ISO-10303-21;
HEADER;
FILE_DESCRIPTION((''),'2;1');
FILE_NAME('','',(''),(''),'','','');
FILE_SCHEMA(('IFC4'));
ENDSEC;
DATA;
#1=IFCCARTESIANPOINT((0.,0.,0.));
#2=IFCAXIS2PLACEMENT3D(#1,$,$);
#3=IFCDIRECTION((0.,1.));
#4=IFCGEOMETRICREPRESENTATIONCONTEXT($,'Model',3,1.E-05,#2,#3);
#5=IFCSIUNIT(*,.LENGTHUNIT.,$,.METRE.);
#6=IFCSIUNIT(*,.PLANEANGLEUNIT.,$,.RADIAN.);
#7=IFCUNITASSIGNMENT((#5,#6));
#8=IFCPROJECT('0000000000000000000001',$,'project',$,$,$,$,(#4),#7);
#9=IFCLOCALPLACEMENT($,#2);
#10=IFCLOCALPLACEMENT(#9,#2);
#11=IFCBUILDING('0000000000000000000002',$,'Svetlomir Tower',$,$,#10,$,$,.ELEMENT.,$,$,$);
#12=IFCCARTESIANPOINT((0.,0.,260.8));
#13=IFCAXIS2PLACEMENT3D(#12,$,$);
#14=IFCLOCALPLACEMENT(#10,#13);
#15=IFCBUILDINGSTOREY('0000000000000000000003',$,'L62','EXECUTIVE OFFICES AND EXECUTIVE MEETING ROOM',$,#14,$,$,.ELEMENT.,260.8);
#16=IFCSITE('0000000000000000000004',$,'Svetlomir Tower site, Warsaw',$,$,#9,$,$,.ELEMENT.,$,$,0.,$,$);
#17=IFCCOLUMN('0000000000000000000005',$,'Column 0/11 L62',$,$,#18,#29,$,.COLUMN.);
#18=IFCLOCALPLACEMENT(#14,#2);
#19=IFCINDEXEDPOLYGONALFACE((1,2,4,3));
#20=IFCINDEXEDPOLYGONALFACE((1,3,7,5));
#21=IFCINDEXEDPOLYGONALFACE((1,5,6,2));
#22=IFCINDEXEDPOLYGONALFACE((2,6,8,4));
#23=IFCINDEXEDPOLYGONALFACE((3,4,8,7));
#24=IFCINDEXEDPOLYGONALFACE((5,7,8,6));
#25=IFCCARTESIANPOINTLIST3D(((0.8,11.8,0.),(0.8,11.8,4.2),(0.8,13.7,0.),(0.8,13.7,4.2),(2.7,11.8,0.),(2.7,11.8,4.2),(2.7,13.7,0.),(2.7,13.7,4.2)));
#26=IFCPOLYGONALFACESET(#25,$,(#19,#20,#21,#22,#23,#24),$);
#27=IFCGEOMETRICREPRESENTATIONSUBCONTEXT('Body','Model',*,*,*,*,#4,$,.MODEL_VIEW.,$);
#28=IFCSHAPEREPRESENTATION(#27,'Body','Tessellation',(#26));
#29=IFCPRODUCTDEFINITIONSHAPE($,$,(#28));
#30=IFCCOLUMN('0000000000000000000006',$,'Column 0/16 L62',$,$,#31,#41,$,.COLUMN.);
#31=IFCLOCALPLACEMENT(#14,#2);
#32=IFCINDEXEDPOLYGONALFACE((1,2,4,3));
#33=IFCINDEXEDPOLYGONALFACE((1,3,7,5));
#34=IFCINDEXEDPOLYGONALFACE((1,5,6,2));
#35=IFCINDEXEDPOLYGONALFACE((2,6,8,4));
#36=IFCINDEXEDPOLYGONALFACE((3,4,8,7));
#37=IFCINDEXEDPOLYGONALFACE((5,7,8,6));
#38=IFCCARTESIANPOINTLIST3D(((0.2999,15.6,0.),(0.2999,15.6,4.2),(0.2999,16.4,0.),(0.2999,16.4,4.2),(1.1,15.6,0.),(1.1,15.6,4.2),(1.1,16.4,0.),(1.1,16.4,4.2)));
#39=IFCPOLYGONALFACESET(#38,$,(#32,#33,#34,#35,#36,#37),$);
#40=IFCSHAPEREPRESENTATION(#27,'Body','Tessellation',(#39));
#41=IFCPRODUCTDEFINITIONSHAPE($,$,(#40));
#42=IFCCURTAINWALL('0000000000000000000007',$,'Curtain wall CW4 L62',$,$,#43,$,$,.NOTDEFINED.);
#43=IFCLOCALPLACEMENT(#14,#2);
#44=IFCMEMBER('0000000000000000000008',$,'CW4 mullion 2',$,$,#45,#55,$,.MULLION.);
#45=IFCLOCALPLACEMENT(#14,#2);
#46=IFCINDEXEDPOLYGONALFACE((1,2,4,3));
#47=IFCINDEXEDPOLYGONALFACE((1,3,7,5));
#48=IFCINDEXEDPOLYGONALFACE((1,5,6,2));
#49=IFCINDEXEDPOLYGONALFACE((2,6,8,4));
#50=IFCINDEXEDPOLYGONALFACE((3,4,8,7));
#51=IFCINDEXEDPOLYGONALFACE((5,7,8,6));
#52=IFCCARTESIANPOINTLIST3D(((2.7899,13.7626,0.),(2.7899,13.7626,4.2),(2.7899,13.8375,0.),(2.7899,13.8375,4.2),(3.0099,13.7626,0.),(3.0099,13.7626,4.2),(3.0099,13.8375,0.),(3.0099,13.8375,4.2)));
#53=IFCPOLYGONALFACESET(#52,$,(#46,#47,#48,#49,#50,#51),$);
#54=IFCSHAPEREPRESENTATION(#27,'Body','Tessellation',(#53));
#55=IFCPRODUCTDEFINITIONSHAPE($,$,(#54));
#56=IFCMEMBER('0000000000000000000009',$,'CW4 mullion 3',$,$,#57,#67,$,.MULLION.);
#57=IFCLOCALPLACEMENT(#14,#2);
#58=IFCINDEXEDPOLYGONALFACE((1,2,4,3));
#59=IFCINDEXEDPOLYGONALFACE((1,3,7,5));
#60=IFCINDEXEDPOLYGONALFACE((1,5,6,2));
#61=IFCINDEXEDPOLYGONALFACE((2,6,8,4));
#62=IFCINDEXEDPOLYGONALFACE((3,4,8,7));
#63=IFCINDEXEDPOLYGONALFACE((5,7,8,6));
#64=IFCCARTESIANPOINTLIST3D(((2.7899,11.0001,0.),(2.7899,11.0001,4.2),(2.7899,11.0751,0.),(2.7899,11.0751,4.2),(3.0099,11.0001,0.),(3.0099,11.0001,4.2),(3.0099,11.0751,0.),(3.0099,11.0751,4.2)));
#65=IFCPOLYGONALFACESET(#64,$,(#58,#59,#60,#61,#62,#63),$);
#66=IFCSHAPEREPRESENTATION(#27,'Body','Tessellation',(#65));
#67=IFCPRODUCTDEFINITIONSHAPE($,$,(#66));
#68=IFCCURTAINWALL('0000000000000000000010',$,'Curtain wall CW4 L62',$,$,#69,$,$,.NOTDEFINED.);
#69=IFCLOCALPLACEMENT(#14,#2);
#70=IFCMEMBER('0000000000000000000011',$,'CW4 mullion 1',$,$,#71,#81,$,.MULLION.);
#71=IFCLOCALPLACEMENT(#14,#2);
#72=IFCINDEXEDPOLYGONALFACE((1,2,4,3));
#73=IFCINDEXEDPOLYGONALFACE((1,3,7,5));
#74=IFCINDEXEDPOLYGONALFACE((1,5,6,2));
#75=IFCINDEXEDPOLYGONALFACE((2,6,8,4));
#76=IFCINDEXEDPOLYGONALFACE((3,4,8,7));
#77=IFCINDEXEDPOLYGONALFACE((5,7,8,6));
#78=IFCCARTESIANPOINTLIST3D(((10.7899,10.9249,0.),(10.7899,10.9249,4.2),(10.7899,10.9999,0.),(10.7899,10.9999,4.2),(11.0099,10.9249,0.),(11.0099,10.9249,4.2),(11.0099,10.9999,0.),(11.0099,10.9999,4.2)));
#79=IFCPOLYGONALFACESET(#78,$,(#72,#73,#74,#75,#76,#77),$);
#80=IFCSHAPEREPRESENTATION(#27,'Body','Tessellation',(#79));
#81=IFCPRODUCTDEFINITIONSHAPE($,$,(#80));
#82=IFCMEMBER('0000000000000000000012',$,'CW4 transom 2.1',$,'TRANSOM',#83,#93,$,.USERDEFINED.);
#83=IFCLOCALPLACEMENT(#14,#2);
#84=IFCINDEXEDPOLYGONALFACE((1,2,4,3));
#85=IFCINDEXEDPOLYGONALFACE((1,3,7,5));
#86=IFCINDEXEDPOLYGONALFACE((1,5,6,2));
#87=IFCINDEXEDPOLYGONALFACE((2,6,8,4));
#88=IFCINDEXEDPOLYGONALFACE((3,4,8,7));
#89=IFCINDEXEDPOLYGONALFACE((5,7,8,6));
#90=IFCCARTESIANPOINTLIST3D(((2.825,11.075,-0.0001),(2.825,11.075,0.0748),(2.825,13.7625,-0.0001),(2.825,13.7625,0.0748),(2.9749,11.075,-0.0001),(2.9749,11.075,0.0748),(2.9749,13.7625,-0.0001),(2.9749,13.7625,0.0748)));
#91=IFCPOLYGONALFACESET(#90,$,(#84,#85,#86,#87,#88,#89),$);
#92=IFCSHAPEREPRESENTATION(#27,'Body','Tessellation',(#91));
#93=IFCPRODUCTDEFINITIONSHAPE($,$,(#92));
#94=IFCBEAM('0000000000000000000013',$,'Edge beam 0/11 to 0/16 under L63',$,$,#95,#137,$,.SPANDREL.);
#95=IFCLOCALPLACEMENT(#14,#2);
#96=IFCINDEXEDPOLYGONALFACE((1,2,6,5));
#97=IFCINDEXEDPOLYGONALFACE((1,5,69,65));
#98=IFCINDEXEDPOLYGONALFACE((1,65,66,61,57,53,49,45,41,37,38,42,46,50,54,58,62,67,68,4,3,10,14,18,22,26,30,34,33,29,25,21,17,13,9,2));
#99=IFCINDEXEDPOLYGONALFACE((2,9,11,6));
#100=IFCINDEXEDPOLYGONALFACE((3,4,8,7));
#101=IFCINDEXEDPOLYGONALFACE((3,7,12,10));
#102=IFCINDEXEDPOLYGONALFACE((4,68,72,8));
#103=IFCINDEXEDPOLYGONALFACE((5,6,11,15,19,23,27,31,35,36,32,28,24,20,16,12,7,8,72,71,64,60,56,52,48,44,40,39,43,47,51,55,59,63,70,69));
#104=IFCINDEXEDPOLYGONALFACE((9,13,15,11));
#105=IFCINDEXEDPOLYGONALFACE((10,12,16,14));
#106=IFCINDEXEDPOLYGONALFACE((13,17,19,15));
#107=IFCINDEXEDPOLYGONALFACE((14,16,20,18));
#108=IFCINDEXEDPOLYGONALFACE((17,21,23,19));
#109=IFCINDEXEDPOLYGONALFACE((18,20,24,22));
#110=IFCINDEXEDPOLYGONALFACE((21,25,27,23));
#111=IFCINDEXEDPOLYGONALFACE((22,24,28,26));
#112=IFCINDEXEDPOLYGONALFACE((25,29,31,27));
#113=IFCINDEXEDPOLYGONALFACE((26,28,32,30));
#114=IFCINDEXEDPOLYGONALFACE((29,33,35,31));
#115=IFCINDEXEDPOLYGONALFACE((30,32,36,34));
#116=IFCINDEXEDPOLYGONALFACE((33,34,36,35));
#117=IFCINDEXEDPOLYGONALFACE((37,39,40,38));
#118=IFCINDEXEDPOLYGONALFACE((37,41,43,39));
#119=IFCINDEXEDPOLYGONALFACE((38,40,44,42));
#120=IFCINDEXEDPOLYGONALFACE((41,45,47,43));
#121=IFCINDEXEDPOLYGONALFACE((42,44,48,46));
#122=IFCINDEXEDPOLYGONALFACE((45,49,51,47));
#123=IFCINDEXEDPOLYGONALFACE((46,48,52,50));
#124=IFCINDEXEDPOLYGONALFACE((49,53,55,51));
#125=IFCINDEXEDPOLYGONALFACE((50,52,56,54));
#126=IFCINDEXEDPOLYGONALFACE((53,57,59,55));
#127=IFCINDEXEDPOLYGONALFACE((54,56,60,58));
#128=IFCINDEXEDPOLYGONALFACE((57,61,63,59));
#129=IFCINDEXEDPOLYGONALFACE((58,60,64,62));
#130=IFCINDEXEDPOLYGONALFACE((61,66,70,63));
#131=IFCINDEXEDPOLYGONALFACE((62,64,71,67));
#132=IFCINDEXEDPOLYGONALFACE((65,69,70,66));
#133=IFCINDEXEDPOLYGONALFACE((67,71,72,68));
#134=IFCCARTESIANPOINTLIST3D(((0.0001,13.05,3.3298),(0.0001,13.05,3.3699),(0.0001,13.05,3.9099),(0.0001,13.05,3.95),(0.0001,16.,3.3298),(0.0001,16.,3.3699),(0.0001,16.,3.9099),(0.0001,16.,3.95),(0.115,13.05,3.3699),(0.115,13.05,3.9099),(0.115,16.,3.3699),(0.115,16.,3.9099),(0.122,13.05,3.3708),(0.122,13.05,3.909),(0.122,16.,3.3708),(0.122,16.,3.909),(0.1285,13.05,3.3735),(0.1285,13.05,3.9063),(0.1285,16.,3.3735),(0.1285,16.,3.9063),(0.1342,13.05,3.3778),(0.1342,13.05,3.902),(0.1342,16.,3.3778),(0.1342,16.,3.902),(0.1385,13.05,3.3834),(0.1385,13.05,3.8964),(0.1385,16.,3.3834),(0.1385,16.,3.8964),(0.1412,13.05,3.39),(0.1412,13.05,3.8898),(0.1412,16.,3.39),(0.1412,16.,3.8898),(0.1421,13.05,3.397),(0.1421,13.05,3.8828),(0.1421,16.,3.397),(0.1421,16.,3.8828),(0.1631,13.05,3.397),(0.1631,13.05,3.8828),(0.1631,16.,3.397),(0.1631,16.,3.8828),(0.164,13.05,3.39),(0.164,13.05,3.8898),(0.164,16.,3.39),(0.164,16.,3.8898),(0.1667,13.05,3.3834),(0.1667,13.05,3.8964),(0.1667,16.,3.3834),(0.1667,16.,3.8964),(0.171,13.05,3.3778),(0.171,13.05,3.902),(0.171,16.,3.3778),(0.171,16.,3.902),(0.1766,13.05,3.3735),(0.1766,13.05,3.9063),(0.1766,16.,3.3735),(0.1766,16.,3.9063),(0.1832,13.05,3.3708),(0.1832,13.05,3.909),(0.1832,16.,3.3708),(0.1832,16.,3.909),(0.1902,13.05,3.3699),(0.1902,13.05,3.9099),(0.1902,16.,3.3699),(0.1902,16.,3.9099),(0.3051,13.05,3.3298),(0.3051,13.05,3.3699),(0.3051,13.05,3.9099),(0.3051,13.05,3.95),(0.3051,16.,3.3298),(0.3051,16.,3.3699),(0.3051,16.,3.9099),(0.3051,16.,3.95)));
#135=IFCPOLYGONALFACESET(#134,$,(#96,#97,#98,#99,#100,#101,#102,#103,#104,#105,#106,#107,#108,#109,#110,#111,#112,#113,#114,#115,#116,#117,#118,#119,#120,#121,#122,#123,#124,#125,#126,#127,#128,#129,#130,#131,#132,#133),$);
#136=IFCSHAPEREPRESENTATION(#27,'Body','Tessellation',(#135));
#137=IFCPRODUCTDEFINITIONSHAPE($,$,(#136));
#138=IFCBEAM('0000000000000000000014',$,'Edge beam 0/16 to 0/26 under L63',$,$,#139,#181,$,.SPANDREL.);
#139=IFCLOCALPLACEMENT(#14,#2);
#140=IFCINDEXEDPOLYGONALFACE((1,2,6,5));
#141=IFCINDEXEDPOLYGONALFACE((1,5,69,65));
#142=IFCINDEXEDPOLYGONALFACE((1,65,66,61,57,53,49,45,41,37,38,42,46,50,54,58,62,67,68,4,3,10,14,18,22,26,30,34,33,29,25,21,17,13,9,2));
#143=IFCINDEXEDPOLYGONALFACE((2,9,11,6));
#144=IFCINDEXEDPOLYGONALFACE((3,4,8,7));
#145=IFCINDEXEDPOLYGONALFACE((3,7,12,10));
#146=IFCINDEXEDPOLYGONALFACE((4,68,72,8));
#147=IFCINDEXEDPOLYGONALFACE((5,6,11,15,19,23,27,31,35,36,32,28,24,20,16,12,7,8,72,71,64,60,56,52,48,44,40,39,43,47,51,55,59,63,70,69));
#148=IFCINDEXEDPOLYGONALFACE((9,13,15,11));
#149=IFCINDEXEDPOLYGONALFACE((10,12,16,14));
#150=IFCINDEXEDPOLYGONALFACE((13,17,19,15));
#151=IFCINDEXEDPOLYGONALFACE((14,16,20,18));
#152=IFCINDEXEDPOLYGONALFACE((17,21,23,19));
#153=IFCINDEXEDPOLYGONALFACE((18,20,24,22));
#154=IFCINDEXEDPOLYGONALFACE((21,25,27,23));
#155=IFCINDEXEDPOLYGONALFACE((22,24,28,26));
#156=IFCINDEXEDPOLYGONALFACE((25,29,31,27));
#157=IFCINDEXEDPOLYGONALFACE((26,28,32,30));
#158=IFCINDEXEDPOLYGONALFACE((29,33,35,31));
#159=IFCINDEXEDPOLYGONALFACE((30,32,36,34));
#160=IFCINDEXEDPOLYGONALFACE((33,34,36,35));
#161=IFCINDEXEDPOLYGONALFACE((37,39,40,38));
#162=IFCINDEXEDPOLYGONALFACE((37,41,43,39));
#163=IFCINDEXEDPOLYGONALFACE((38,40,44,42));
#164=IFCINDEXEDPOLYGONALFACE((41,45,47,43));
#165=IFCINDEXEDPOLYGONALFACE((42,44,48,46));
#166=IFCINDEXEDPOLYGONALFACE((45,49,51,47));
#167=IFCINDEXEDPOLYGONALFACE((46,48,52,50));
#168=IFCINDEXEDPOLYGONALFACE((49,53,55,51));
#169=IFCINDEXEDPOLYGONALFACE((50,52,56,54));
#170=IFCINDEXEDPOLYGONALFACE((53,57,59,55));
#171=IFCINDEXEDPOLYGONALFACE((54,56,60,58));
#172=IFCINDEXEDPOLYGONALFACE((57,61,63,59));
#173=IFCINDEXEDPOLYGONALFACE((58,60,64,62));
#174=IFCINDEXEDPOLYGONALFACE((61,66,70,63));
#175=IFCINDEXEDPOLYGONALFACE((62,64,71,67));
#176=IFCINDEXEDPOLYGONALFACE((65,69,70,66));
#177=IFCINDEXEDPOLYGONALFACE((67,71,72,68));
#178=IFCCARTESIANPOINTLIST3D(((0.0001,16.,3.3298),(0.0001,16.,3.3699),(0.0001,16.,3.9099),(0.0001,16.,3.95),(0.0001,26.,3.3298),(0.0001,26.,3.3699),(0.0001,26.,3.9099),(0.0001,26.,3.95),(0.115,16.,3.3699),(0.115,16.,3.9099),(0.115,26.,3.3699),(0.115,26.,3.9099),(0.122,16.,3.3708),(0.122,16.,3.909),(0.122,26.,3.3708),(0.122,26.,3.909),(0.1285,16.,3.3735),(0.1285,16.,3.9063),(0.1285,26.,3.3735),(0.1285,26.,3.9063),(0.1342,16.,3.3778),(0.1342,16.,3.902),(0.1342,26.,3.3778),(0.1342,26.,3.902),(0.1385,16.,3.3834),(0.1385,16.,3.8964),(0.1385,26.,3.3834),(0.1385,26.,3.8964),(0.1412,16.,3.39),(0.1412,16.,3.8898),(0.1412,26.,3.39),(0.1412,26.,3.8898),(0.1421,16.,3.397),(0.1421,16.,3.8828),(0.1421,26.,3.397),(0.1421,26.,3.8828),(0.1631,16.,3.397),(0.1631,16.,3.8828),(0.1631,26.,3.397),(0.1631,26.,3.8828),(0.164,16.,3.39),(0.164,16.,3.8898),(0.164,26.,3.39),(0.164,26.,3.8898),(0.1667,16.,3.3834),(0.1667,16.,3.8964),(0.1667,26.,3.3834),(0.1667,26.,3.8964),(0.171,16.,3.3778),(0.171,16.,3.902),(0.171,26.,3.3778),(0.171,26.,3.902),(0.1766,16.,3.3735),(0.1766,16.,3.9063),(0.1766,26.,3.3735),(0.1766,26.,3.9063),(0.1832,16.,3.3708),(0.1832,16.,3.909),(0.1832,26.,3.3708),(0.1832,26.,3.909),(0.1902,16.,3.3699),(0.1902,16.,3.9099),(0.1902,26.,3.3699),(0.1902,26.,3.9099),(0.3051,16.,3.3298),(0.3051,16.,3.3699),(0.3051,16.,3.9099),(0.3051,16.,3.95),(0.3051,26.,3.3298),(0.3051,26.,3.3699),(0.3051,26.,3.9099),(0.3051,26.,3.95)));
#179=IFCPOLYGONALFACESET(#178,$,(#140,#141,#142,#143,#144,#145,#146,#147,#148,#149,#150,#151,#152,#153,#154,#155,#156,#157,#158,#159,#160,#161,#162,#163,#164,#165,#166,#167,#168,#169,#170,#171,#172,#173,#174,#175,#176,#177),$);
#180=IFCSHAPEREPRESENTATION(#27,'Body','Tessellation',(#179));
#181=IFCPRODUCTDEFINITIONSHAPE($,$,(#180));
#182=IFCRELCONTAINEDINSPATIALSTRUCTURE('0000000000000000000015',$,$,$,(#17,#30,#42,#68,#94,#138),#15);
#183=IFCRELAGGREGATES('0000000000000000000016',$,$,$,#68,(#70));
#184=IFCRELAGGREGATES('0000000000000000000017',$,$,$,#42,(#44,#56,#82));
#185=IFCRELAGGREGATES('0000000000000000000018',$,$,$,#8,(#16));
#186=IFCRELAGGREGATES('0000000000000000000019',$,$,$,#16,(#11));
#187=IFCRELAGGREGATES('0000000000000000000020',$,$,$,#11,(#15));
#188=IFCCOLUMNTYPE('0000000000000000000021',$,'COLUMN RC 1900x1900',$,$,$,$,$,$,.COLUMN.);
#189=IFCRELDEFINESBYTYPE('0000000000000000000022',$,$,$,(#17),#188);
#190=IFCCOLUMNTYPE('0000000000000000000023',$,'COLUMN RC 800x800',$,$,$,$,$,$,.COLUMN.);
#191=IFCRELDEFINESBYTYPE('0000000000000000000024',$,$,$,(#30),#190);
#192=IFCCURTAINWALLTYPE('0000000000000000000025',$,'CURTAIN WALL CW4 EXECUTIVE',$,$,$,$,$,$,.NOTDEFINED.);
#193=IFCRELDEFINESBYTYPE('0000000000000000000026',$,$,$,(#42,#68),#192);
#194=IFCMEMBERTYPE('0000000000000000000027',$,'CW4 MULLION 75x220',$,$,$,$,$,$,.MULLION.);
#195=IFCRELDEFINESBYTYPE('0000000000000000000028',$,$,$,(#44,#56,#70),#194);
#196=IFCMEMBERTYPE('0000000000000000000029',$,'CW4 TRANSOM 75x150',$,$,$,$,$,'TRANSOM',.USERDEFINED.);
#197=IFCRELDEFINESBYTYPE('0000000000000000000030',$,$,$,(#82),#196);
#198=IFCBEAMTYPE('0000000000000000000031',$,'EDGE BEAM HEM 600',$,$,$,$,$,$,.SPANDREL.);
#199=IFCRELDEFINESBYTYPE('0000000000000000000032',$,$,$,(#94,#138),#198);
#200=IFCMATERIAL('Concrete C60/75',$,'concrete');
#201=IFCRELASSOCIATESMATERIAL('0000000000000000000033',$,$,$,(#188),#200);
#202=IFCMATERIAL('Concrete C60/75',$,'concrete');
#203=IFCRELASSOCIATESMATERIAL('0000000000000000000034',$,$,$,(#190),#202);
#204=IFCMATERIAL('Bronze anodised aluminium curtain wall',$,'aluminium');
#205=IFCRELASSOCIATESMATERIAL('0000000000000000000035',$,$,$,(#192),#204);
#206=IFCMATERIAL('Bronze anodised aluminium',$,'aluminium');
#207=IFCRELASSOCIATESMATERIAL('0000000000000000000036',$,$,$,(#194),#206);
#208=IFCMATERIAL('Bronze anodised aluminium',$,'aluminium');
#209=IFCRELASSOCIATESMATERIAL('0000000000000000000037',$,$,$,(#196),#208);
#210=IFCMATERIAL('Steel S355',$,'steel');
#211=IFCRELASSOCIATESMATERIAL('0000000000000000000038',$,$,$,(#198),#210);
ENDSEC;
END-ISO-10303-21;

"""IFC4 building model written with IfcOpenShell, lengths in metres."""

from ifc_helpers import new_model, si_unit, direction, frame, origin, origin_2d, place, context, subcontext, project, spatial, rectangle, i_section, extrude, material, material_profile, profile_set, type_object, element, aggregate, save


model = new_model("IFC4")

# Units and contexts
model_context = context("Model", 3, precision=1e-05, world=origin(), true_north=direction((0.0, 1.0)))
body_context = subcontext(model_context, "Body", "Model", "MODEL_VIEW")
ifc_project = project(units=[si_unit("LENGTHUNIT", "METRE"), si_unit("PLANEANGLEUNIT", "RADIAN")], contexts=[model_context])

# Site, building, storey
site_placement = place(None, origin())
site = spatial("IfcSite", under=ifc_project, at=site_placement, Name="Svetlomir Tower site, Warsaw", CompositionType="ELEMENT", RefElevation=0.0)
building_placement = place(site_placement, origin())
building = spatial("IfcBuilding", under=site, at=building_placement, Name="Svetlomir Tower", CompositionType="ELEMENT")
storey_placement = place(building_placement, frame((0.0, 0.0, 260.8)))
storey = spatial("IfcBuildingStorey", under=building, at=storey_placement, Name="L62", Description="EXECUTIVE OFFICES AND EXECUTIVE MEETING ROOM", CompositionType="ELEMENT", Elevation=260.8)

# Columns
ifc_material_1 = material(Name="Concrete C60/75", Category="concrete")
ifc_material_profile_1 = material_profile(ifc_material_1, rectangle(XDim=1.8999, YDim=1.8999, at=origin_2d()), Name="RC 1900x1900")
ifc_profile_set_1 = profile_set([ifc_material_profile_1], Name="Concrete C60/75")
column_type_1 = type_object("IfcColumnType", Name="COLUMN RC 1900x1900", PredefinedType="COLUMN", material=ifc_profile_set_1)
column_1_placement = place(storey_placement, frame((1.75, 12.75, 0.0), z_axis=(0.0, 0.0, 1.0), x_axis=(1.0, 0.0, 0.0)))
element("IfcColumn", 1, at=column_1_placement, inside=storey, type_object=column_type_1, Name="Column 0/11 L62", PredefinedType="COLUMN", context=body_context, shape_type="SweptSolid", body=[
    extrude(rectangle(XDim=1.8999, YDim=1.8999, at=origin_2d()), origin(), (0.0, 0.0, 1.0), 4.2),
])
ifc_material_2 = material(Name="Concrete C60/75", Category="concrete")
ifc_material_profile_2 = material_profile(ifc_material_2, rectangle(XDim=0.8, YDim=0.8, at=origin_2d()), Name="RC 800x800")
ifc_profile_set_2 = profile_set([ifc_material_profile_2], Name="Concrete C60/75")
column_type_2 = type_object("IfcColumnType", Name="COLUMN RC 800x800", PredefinedType="COLUMN", material=ifc_profile_set_2)
column_2_placement = place(storey_placement, frame((0.7, 16.0, 0.0), z_axis=(0.0, 0.0, 1.0), x_axis=(1.0, 0.0, 0.0)))
element("IfcColumn", 2, at=column_2_placement, inside=storey, type_object=column_type_2, Name="Column 0/16 L62", PredefinedType="COLUMN", context=body_context, shape_type="SweptSolid", body=[
    extrude(rectangle(XDim=0.8, YDim=0.8, at=origin_2d()), origin(), (0.0, 0.0, 1.0), 4.2),
])

# Curtain wall, members
ifc_material_3 = material(Name="Bronze anodised aluminium curtain wall", Category="aluminium")
curtain_wall_type = type_object("IfcCurtainWallType", Name="CURTAIN WALL CW4 EXECUTIVE", PredefinedType="NOTDEFINED", material=ifc_material_3)
curtain_wall_1_placement = place(storey_placement, origin())
curtain_wall_1 = element("IfcCurtainWall", 3, at=curtain_wall_1_placement, inside=storey, type_object=curtain_wall_type, Name="Curtain wall CW4 L62", PredefinedType="NOTDEFINED")
ifc_material_4 = material(Name="Bronze anodised aluminium", Category="aluminium")
ifc_material_profile_3 = material_profile(ifc_material_4, rectangle(XDim=0.075, YDim=0.22, at=origin_2d()), Name="AL 75x220")
ifc_profile_set_3 = profile_set([ifc_material_profile_3], Name="Bronze anodised aluminium 6063-T6")
member_type_1 = type_object("IfcMemberType", Name="CW4 MULLION 75x220", PredefinedType="MULLION", material=ifc_profile_set_3)
member_1_placement = place(storey_placement, frame((2.8999, 13.8, 0.0), z_axis=(0.0, 0.0, 1.0), x_axis=(0.0, -1.0, 0.0)))
member_1 = element("IfcMember", 4, at=member_1_placement, type_object=member_type_1, Name="CW4 mullion 2", PredefinedType="MULLION", context=body_context, shape_type="SweptSolid", body=[
    extrude(rectangle(XDim=0.075, YDim=0.22, at=origin_2d()), origin(), (0.0, 0.0, 1.0), 4.2),
])
member_2_placement = place(storey_placement, frame((2.8999, 11.0376, 0.0), z_axis=(0.0, 0.0, 1.0), x_axis=(0.0, -1.0, 0.0)))
member_2 = element("IfcMember", 5, at=member_2_placement, type_object=member_type_1, Name="CW4 mullion 3", PredefinedType="MULLION", context=body_context, shape_type="SweptSolid", body=[
    extrude(rectangle(XDim=0.075, YDim=0.22, at=origin_2d()), origin(), (0.0, 0.0, 1.0), 4.2),
])

# Curtain wall, member
curtain_wall_2_placement = place(storey_placement, origin())
curtain_wall_2 = element("IfcCurtainWall", 6, at=curtain_wall_2_placement, inside=storey, type_object=curtain_wall_type, Name="Curtain wall CW4 L62", PredefinedType="NOTDEFINED")
member_3_placement = place(storey_placement, frame((10.8999, 10.9624, 0.0), z_axis=(0.0, 0.0, 1.0), x_axis=(0.0, -1.0, 0.0)))
member_3 = element("IfcMember", 7, at=member_3_placement, type_object=member_type_1, Name="CW4 mullion 1", PredefinedType="MULLION", context=body_context, shape_type="SweptSolid", body=[
    extrude(rectangle(XDim=0.075, YDim=0.22, at=origin_2d()), origin(), (0.0, 0.0, 1.0), 4.2),
])
aggregate(curtain_wall_2, [member_3])

# Member
ifc_material_5 = material(Name="Bronze anodised aluminium", Category="aluminium")
ifc_material_profile_4 = material_profile(ifc_material_5, rectangle(XDim=0.1499, YDim=0.075, at=origin_2d()), Name="AL 150x75")
ifc_profile_set_4 = profile_set([ifc_material_profile_4], Name="Bronze anodised aluminium 6063-T6")
member_type_2 = type_object("IfcMemberType", Name="CW4 TRANSOM 75x150", ElementType="TRANSOM", PredefinedType="USERDEFINED", material=ifc_profile_set_4)
member_4_placement = place(storey_placement, frame((2.8999, 13.7625, 0.0374), z_axis=(0.0, -1.0, 0.0), x_axis=(1.0, 0.0, 0.0)))
member_4 = element("IfcMember", 8, at=member_4_placement, type_object=member_type_2, Name="CW4 transom 2.1", ObjectType="TRANSOM", PredefinedType="USERDEFINED", context=body_context, shape_type="SweptSolid", body=[
    extrude(rectangle(XDim=0.1499, YDim=0.075, at=origin_2d()), origin(), (0.0, 0.0, 1.0), 2.6875),
])

# Beams
ifc_material_6 = material(Name="Steel S355", Category="steel")
ifc_material_profile_5 = material_profile(ifc_material_6, i_section(OverallWidth=0.3049, OverallDepth=0.6201, WebThickness=0.021, FlangeThickness=0.04, FilletRadius=0.0271, at=origin_2d()), Name="HEM 600")
ifc_profile_set_5 = profile_set([ifc_material_profile_5], Name="Steel S355")
beam_type_1 = type_object("IfcBeamType", Name="EDGE BEAM HEM 600", PredefinedType="SPANDREL", material=ifc_profile_set_5)
beam_1_placement = place(storey_placement, frame((0.1526, 13.05, 3.6399), z_axis=(0.0, 1.0, 0.0), x_axis=(-1.0, 0.0, 0.0)))
element("IfcBeam", 9, at=beam_1_placement, inside=storey, type_object=beam_type_1, Name="Edge beam 0/11 to 0/16 under L63", PredefinedType="SPANDREL", context=body_context, shape_type="SweptSolid", body=[
    extrude(i_section(OverallWidth=0.3049, OverallDepth=0.6201, WebThickness=0.021, FlangeThickness=0.04, FilletRadius=0.0271, at=origin_2d()), origin(), (0.0, 0.0, 1.0), 2.95),
])
beam_2_placement = place(storey_placement, frame((0.1526, 16.0, 3.6399), z_axis=(0.0, 1.0, 0.0), x_axis=(-1.0, 0.0, 0.0)))
element("IfcBeam", 10, at=beam_2_placement, inside=storey, type_object=beam_type_1, Name="Edge beam 0/16 to 0/26 under L63", PredefinedType="SPANDREL", context=body_context, shape_type="SweptSolid", body=[
    extrude(i_section(OverallWidth=0.3049, OverallDepth=0.6201, WebThickness=0.021, FlangeThickness=0.04, FilletRadius=0.0271, at=origin_2d()), origin(), (0.0, 0.0, 1.0), 10.0),
])

aggregate(curtain_wall_1, [member_1, member_2, member_4])

save(model, "model.ifc")
